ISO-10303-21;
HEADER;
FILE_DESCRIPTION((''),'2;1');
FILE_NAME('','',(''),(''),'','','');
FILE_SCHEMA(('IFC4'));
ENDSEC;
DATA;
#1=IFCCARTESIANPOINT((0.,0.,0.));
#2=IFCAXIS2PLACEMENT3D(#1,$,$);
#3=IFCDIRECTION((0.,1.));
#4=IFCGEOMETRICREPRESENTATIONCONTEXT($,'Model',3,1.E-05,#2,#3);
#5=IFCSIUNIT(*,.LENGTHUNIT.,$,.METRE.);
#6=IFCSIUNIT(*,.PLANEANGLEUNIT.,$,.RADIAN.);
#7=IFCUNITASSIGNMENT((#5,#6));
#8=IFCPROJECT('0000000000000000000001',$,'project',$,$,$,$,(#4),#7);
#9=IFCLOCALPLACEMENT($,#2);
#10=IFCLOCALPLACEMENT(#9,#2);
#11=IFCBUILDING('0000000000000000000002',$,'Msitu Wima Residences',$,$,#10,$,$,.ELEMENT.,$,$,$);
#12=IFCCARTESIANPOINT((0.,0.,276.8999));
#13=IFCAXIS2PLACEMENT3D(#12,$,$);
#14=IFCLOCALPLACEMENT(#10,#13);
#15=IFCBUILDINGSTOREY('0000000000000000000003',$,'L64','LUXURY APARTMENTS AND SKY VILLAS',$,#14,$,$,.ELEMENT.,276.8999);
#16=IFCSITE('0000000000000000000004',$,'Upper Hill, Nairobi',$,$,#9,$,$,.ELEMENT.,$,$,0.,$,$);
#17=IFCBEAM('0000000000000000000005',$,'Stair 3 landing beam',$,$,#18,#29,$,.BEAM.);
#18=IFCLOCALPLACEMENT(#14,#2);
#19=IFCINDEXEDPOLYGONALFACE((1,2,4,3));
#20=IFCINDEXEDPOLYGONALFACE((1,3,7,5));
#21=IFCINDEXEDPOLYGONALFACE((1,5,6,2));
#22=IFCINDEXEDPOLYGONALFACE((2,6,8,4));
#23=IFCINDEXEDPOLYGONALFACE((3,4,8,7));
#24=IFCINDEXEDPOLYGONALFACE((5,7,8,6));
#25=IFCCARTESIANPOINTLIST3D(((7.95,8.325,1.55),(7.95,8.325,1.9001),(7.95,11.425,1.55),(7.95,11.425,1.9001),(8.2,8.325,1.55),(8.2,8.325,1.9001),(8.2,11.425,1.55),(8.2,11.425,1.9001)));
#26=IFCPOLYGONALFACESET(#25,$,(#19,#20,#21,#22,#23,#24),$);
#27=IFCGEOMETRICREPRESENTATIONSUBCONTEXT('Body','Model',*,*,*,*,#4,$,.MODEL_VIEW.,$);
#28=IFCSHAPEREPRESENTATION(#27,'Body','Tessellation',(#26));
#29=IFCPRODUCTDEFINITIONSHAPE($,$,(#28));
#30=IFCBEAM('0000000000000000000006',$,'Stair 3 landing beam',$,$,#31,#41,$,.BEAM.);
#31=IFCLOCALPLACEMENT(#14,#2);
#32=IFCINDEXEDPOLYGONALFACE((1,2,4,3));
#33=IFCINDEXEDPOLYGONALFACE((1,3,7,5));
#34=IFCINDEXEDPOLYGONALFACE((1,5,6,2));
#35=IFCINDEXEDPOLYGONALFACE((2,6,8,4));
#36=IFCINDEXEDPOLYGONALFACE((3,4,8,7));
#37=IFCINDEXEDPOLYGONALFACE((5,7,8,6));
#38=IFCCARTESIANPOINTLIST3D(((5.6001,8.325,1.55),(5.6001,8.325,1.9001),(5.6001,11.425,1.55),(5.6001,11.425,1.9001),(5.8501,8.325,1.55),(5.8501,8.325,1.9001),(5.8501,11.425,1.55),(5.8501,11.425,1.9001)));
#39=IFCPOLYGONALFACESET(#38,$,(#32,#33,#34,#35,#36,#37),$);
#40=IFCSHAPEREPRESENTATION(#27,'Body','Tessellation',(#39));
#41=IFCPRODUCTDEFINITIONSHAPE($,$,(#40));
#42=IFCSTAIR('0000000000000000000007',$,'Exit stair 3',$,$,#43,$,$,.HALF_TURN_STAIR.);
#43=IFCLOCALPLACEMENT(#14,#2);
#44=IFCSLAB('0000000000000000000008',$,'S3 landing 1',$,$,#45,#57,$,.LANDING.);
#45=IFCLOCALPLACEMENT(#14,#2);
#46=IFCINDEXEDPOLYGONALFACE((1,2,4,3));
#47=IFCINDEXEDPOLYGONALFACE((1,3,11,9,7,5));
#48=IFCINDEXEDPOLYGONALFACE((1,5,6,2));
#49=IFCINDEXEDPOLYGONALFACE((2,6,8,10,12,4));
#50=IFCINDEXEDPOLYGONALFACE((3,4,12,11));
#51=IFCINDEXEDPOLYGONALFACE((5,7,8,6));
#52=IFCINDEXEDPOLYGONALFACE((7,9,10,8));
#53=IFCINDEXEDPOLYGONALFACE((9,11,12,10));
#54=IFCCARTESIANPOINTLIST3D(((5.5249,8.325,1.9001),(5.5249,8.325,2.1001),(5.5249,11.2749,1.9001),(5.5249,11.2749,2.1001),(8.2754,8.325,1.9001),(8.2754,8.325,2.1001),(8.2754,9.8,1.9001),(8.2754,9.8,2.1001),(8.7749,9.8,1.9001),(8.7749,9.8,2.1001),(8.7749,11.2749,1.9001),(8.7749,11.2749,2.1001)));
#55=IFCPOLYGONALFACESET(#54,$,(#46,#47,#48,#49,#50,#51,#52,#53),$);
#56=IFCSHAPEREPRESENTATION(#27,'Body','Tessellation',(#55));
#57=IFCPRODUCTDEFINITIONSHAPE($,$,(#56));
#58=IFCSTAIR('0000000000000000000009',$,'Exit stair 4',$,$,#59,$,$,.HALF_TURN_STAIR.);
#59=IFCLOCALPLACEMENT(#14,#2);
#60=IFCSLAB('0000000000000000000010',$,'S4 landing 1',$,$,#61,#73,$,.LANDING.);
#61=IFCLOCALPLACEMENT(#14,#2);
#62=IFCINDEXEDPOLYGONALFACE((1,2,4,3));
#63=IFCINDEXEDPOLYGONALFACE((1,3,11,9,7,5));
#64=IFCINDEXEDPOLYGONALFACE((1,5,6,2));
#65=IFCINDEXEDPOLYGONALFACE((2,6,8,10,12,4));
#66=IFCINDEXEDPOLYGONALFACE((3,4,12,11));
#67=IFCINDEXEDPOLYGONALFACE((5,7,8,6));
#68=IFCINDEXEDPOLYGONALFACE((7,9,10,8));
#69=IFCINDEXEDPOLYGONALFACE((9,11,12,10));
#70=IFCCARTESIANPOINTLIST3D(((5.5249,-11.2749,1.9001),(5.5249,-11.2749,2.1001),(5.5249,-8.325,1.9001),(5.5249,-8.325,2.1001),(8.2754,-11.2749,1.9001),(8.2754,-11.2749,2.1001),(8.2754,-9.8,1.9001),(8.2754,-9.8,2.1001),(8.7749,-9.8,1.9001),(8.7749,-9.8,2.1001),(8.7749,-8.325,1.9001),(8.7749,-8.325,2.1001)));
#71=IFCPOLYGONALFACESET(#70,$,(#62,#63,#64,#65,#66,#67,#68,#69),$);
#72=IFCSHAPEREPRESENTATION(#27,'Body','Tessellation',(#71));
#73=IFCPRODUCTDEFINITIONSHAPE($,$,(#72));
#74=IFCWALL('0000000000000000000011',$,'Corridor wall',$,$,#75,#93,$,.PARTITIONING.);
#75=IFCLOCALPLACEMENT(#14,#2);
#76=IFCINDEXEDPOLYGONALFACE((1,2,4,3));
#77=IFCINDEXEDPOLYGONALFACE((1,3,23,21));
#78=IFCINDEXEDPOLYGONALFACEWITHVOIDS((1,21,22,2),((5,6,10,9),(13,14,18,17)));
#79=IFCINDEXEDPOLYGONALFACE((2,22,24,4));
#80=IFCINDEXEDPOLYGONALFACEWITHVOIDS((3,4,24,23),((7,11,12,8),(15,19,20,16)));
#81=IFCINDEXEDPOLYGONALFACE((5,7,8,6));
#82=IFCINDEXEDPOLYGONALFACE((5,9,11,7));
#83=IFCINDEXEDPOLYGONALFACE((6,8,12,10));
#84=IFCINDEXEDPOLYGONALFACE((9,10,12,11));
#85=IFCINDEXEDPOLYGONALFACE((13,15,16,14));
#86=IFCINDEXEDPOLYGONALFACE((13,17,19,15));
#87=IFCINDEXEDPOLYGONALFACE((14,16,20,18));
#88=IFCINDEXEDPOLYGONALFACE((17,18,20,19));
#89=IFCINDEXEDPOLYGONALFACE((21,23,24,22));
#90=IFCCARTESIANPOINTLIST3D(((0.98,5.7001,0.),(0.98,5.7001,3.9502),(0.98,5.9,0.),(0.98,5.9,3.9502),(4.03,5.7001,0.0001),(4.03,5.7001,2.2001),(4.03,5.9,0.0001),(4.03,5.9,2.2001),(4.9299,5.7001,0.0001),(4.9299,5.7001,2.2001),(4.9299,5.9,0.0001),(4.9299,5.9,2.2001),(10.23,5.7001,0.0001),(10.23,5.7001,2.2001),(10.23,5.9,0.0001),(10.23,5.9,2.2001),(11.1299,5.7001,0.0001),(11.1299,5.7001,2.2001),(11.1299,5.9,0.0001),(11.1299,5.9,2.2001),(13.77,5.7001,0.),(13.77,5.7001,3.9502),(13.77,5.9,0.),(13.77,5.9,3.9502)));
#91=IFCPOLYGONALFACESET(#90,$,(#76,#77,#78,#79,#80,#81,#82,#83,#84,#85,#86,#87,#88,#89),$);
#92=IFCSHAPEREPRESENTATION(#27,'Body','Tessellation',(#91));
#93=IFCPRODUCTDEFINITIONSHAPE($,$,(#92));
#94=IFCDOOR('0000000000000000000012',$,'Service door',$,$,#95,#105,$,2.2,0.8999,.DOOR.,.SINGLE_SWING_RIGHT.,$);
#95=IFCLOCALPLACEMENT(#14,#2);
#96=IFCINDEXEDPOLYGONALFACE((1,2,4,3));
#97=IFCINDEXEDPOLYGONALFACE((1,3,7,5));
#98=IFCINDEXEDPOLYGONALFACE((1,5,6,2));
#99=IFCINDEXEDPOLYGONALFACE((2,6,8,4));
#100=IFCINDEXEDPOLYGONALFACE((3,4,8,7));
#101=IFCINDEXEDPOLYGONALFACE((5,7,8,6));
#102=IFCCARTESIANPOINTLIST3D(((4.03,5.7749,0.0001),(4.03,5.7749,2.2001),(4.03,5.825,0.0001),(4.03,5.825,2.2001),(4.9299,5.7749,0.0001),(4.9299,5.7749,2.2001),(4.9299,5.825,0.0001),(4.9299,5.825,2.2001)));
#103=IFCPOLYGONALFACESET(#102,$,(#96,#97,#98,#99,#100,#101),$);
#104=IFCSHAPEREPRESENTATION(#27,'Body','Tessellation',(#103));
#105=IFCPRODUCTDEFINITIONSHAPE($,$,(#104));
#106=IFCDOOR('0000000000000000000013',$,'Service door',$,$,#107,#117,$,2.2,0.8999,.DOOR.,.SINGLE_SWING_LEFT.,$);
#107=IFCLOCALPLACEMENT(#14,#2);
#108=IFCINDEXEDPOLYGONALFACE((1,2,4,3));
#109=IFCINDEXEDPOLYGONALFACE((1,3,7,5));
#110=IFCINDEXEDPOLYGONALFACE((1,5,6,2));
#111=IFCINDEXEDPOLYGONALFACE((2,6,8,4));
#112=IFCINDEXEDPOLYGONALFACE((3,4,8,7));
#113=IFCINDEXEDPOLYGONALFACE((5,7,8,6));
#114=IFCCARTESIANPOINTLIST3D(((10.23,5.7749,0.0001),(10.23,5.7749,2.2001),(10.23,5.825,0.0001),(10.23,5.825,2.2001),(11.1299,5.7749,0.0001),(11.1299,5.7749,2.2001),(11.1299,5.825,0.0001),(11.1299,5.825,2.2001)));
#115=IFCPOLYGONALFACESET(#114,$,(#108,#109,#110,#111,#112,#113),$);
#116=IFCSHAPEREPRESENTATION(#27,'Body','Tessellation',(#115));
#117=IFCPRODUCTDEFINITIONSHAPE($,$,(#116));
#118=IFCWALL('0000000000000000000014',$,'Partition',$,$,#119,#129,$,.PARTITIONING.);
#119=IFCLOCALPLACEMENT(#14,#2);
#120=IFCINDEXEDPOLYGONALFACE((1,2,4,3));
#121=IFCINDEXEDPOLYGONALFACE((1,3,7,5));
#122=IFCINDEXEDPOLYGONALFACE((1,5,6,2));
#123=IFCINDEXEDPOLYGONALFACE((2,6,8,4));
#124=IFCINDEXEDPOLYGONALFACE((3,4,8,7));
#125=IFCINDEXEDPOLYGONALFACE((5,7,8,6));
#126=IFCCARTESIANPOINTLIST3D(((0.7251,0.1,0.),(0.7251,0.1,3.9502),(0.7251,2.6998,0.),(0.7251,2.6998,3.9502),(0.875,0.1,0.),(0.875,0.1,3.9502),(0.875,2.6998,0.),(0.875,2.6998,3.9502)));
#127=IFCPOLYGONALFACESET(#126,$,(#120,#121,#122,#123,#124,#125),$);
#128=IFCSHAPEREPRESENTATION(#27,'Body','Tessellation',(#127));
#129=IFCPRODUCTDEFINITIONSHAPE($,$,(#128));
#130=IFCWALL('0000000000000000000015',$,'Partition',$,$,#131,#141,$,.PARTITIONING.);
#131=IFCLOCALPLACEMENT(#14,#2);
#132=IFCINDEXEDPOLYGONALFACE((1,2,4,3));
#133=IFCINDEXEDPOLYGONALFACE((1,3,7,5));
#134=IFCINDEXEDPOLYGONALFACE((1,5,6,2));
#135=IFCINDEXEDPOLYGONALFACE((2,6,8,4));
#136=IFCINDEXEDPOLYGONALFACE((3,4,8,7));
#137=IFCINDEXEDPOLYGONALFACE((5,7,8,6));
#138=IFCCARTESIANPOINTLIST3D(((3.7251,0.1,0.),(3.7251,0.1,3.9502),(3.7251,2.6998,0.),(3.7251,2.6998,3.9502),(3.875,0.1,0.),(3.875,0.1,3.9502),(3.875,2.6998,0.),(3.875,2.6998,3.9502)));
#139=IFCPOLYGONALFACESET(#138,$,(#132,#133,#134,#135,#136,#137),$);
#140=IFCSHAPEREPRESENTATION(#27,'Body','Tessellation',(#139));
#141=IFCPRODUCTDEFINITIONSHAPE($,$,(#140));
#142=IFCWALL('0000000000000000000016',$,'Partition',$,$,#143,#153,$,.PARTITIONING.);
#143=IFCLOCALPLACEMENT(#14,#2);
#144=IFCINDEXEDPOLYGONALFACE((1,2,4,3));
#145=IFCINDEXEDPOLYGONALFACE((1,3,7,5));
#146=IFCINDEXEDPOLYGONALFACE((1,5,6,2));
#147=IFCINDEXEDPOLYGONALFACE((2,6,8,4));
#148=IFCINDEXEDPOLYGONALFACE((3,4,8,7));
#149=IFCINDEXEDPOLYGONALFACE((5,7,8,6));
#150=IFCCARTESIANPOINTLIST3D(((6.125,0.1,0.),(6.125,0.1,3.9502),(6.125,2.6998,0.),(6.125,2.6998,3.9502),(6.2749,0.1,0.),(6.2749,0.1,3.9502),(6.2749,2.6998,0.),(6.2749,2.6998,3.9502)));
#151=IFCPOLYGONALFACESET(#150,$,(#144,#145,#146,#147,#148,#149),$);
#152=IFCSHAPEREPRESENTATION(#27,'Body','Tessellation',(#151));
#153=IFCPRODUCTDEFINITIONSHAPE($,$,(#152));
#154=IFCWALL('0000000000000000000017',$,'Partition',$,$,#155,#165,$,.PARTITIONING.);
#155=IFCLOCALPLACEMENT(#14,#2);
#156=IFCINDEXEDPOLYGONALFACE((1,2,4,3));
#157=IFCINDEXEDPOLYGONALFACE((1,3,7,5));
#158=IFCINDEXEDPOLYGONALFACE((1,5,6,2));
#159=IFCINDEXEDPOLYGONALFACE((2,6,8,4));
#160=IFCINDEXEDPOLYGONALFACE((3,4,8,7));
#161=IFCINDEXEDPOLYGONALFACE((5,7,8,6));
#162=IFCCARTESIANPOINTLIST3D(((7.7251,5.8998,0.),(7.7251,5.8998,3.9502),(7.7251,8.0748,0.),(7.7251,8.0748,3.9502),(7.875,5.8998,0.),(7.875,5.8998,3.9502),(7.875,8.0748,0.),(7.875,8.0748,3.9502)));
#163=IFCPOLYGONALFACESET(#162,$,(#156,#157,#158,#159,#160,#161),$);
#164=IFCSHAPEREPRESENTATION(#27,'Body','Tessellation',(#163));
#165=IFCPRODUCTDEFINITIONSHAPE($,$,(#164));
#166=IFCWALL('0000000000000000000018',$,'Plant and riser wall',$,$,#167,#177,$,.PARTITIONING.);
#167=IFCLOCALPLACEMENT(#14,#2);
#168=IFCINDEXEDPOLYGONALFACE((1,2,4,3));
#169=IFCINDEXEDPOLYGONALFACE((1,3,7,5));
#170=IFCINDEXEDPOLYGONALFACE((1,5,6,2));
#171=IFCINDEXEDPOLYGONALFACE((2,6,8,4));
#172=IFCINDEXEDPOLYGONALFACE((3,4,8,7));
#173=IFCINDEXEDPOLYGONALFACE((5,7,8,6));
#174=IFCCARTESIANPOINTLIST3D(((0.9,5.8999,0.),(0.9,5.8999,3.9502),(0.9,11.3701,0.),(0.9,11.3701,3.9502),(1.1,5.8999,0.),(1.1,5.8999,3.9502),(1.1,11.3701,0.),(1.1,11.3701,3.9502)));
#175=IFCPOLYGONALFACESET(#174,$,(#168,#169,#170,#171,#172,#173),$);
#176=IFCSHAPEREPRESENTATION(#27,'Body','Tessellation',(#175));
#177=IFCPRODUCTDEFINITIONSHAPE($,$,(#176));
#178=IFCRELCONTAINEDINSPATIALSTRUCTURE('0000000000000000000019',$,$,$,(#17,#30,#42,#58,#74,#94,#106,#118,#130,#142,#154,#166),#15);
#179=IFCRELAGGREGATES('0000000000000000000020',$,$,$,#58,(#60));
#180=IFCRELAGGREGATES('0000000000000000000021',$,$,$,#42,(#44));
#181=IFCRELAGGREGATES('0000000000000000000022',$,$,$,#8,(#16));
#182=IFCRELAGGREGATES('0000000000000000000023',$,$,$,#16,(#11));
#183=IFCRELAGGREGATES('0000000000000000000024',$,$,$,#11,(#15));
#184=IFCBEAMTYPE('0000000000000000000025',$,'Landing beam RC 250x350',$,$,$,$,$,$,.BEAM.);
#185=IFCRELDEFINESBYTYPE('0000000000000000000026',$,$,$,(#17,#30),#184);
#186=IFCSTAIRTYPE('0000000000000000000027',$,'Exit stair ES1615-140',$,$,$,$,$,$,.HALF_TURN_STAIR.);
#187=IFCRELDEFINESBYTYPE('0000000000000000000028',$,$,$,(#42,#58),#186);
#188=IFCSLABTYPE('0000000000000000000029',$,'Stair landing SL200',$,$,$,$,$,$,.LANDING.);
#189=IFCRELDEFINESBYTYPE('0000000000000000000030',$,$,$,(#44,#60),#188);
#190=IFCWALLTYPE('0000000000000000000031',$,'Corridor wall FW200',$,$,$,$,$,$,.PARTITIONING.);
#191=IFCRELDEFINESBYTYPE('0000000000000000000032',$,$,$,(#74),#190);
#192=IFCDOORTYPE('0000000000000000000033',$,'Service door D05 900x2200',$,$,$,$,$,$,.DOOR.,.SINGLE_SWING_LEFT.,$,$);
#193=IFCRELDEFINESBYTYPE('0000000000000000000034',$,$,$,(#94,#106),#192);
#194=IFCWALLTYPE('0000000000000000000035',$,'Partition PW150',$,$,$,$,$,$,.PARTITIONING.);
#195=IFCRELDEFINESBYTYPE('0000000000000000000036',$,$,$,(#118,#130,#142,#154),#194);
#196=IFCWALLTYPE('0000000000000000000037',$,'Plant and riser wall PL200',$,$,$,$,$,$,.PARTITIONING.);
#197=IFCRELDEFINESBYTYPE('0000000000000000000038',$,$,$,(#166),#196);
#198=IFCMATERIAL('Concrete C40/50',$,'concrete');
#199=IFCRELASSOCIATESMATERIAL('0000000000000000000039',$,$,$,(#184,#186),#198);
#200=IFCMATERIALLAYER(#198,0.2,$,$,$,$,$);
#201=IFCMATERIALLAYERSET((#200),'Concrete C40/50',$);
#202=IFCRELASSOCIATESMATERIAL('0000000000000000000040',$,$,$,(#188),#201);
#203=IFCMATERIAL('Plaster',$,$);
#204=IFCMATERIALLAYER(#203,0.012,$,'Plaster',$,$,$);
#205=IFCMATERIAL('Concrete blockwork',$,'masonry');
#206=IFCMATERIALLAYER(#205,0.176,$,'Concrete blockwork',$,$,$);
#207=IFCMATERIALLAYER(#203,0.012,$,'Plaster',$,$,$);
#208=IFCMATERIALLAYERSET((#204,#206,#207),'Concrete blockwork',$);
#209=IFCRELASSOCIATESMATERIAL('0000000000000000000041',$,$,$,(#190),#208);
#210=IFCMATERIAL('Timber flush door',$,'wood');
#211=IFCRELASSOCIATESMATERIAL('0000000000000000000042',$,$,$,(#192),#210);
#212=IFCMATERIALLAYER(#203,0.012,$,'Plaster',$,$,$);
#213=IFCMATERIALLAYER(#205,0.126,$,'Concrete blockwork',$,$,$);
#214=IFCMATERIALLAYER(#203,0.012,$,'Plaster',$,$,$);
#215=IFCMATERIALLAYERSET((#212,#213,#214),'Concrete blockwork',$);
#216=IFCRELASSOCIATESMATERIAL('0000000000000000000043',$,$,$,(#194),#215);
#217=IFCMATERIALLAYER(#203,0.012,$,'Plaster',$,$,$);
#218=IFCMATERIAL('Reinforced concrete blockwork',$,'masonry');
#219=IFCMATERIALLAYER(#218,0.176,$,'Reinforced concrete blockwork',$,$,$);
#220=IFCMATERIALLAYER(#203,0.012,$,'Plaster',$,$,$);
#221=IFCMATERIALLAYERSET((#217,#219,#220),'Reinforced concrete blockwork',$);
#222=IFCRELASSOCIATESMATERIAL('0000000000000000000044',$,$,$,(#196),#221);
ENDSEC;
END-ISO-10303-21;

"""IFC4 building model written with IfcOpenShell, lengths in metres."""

from ifc_helpers import new_model, si_unit, direction, frame, frame_2d, origin, origin_2d, place, context, subcontext, project, spatial, polyline, rectangle, outline, extrude, material, layer, layer_set, material_profile, profile_set, type_object, element, fill, aggregate, save


model = new_model("IFC4")

# Units and contexts
model_context = context("Model", 3, precision=1e-05, world=origin(), true_north=direction((0.0, 1.0)))
body_context = subcontext(model_context, "Body", "Model", "MODEL_VIEW")
ifc_project = project(units=[si_unit("LENGTHUNIT", "METRE"), si_unit("PLANEANGLEUNIT", "RADIAN")], contexts=[model_context])

# Site, building, storey
site_placement = place(None, origin())
site = spatial("IfcSite", under=ifc_project, at=site_placement, Name="Upper Hill, Nairobi", CompositionType="ELEMENT", RefElevation=0.0)
building_placement = place(site_placement, origin())
building = spatial("IfcBuilding", under=site, at=building_placement, Name="Msitu Wima Residences", CompositionType="ELEMENT")
storey_placement = place(building_placement, frame((0.0, 0.0, 276.8999)))
storey = spatial("IfcBuildingStorey", under=building, at=storey_placement, Name="L64", Description="LUXURY APARTMENTS AND SKY VILLAS", CompositionType="ELEMENT", Elevation=276.8999)

# Beams
ifc_material_1 = material(Name="Concrete C40/50", Category="concrete")
ifc_material_profile = material_profile(ifc_material_1, rectangle(XDim=0.25, YDim=0.3501, at=origin_2d()), Name="RC 250x350")
ifc_profile_set = profile_set([ifc_material_profile], Name="Concrete C40/50")
beam_type = type_object("IfcBeamType", Name="Landing beam RC 250x350", PredefinedType="BEAM", material=ifc_profile_set)
for number, where, z_axis, x_axis, name in (
    (1, (8.075, 8.325, 1.7251), (0.0, 1.0, 0.0), (-1.0, 0.0, 0.0), "Stair 3 landing beam"),
    (2, (5.7251, 8.325, 1.7251), (0.0, 1.0, 0.0), (-1.0, 0.0, 0.0), "Stair 3 landing beam"),
):
    element("IfcBeam", number, at=place(storey_placement, frame(where, z_axis=z_axis, x_axis=x_axis)), inside=storey, type_object=beam_type, Name=name, PredefinedType="BEAM", context=body_context, shape_type="SweptSolid", body=[
        extrude(rectangle(XDim=0.25, YDim=0.3501, at=origin_2d()), origin(), (0.0, 0.0, 1.0), 3.1001),
    ])

# Stairs, slabs
stair_type = type_object("IfcStairType", Name="Exit stair ES1615-140", PredefinedType="HALF_TURN_STAIR", material=ifc_material_1)
stair_1_placement = place(storey_placement, origin())
stair_1 = element("IfcStair", 3, at=stair_1_placement, inside=storey, type_object=stair_type, Name="Exit stair 3", PredefinedType="HALF_TURN_STAIR")
ifc_layer_1 = layer(ifc_material_1, 0.2)
ifc_layer_set_1 = layer_set([ifc_layer_1], Name="Concrete C40/50")
slab_type = type_object("IfcSlabType", Name="Stair landing SL200", PredefinedType="LANDING", material=ifc_layer_set_1)
slab_1_placement = place(storey_placement, frame((0.0, 0.0, 1.9001)))
slab_1 = element("IfcSlab", 4, at=slab_1_placement, type_object=slab_type, Name="S3 landing 1", PredefinedType="LANDING", context=body_context, shape_type="SweptSolid", body=[
    extrude(outline(polyline([(5.5249, 8.325), (8.2754, 8.325), (8.2754, 9.8), (8.7749, 9.8), (8.7749, 11.2749), (5.5249, 11.2749), (5.5249, 8.325)])), origin(), (0.0, 0.0, 1.0), 0.2),
])
stair_2_placement = place(storey_placement, origin())
stair_2 = element("IfcStair", 5, at=stair_2_placement, inside=storey, type_object=stair_type, Name="Exit stair 4", PredefinedType="HALF_TURN_STAIR")
slab_2_placement = place(storey_placement, frame((0.0, 0.0, 1.9001)))
slab_2 = element("IfcSlab", 6, at=slab_2_placement, type_object=slab_type, Name="S4 landing 1", PredefinedType="LANDING", context=body_context, shape_type="SweptSolid", body=[
    extrude(outline(polyline([(5.5249, -11.2749), (8.2754, -11.2749), (8.2754, -9.8), (8.7749, -9.8), (8.7749, -8.325), (5.5249, -8.325), (5.5249, -11.2749)])), origin(), (0.0, 0.0, 1.0), 0.2),
])
aggregate(stair_2, [slab_2])

# Wall, openings, doors
ifc_material_2 = material(Name="Plaster")
ifc_layer_2 = layer(ifc_material_2, 0.012, Name="Plaster")
ifc_material_3 = material(Name="Concrete blockwork", Category="masonry")
ifc_layer_3 = layer(ifc_material_3, 0.176, Name="Concrete blockwork")
ifc_layer_4 = layer(ifc_material_2, 0.012, Name="Plaster")
ifc_layer_set_2 = layer_set([ifc_layer_2, ifc_layer_3, ifc_layer_4], Name="Concrete blockwork")
wall_type_1 = type_object("IfcWallType", Name="Corridor wall FW200", PredefinedType="PARTITIONING", material=ifc_layer_set_2)
wall_1_placement = place(storey_placement, frame((0.98, 5.8, 0.0), z_axis=(0.0, 0.0, 1.0), x_axis=(1.0, 0.0, 0.0)))
wall_1 = element("IfcWall", 7, at=wall_1_placement, inside=storey, type_object=wall_type_1, Name="Corridor wall", PredefinedType="PARTITIONING", context=body_context, shape_type="SweptSolid", body=[
    extrude(rectangle(XDim=12.79, YDim=0.2, at=frame_2d((6.395, 0.0))), origin(), (0.0, 0.0, 1.0), 3.9502),
])
opening_1_placement = place(wall_1_placement, frame((3.05, 0.0, 0.0)))
opening_1 = element("IfcOpeningElement", 8, at=opening_1_placement, cuts=wall_1, PredefinedType="OPENING", context=body_context, shape_type="SweptSolid", body=[
    extrude(rectangle(XDim=0.8999, YDim=2.2, at=frame_2d((0.45, 1.1001))), frame((0.0, 0.1099, 0.0), z_axis=(0.0, -1.0, 0.0), x_axis=(1.0, 0.0, 0.0)), (0.0, 0.0, 1.0), 0.22),
])
opening_2_placement = place(wall_1_placement, frame((9.25, 0.0, 0.0)))
opening_2 = element("IfcOpeningElement", 9, at=opening_2_placement, cuts=wall_1, PredefinedType="OPENING", context=body_context, shape_type="SweptSolid", body=[
    extrude(rectangle(XDim=0.8999, YDim=2.2, at=frame_2d((0.45, 1.1001))), frame((0.0, 0.1099, 0.0), z_axis=(0.0, -1.0, 0.0), x_axis=(1.0, 0.0, 0.0)), (0.0, 0.0, 1.0), 0.22),
])
ifc_material_4 = material(Name="Timber flush door", Category="wood")
door_type_1 = type_object("IfcDoorType", Name="Service door D05 900x2200", OperationType="SINGLE_SWING_LEFT", PredefinedType="DOOR", material=ifc_material_4)
door_1_placement = place(opening_1_placement, origin())
door_1 = element("IfcDoor", 10, at=door_1_placement, inside=storey, type_object=door_type_1, Name="Service door", OperationType="SINGLE_SWING_RIGHT", OverallHeight=2.2, OverallWidth=0.8999, PredefinedType="DOOR", context=body_context, shape_type="SweptSolid", body=[
    extrude(rectangle(XDim=0.8999, YDim=2.2, at=frame_2d((0.45, 1.1001))), frame((0.0, 0.0249, 0.0), z_axis=(0.0, -1.0, 0.0), x_axis=(1.0, 0.0, 0.0)), (0.0, 0.0, 1.0), 0.05),
])
fill(opening_1, door_1)
door_2_placement = place(opening_2_placement, origin())
door_2 = element("IfcDoor", 11, at=door_2_placement, inside=storey, type_object=door_type_1, Name="Service door", OperationType="SINGLE_SWING_LEFT", OverallHeight=2.2, OverallWidth=0.8999, PredefinedType="DOOR", context=body_context, shape_type="SweptSolid", body=[
    extrude(rectangle(XDim=0.8999, YDim=2.2, at=frame_2d((0.45, 1.1001))), frame((0.0, 0.0249, 0.0), z_axis=(0.0, -1.0, 0.0), x_axis=(1.0, 0.0, 0.0)), (0.0, 0.0, 1.0), 0.05),
])
fill(opening_2, door_2)

# Walls
ifc_layer_5 = layer(ifc_material_2, 0.012, Name="Plaster")
ifc_layer_6 = layer(ifc_material_3, 0.126, Name="Concrete blockwork")
ifc_layer_7 = layer(ifc_material_2, 0.012, Name="Plaster")
ifc_layer_set_3 = layer_set([ifc_layer_5, ifc_layer_6, ifc_layer_7], Name="Concrete blockwork")
wall_type_2 = type_object("IfcWallType", Name="Partition PW150", PredefinedType="PARTITIONING", material=ifc_layer_set_3)
for number, where, z_axis, x_axis, name in (
    (12, (0.8, 0.1001, 0.0), (0.0, 0.0, 1.0), (0.0, 1.0, 0.0), "Partition"),
    (13, (3.8, 0.1001, 0.0), (0.0, 0.0, 1.0), (0.0, 1.0, 0.0), "Partition"),
    (14, (6.2, 0.1001, 0.0), (0.0, 0.0, 1.0), (0.0, 1.0, 0.0), "Partition"),
):
    element("IfcWall", number, at=place(storey_placement, frame(where, z_axis=z_axis, x_axis=x_axis)), inside=storey, type_object=wall_type_2, Name=name, PredefinedType="PARTITIONING", context=body_context, shape_type="SweptSolid", body=[
        extrude(rectangle(XDim=2.5999, YDim=0.1499, at=frame_2d((1.2998, 0.0))), origin(), (0.0, 0.0, 1.0), 3.9502),
    ])
wall_2_placement = place(storey_placement, frame((7.8, 5.8999, 0.0), z_axis=(0.0, 0.0, 1.0), x_axis=(0.0, 1.0, 0.0)))
element("IfcWall", 15, at=wall_2_placement, inside=storey, type_object=wall_type_2, Name="Partition", PredefinedType="PARTITIONING", context=body_context, shape_type="SweptSolid", body=[
    extrude(rectangle(XDim=2.175, YDim=0.1499, at=frame_2d((1.0874, 0.0))), origin(), (0.0, 0.0, 1.0), 3.9502),
])
ifc_layer_8 = layer(ifc_material_2, 0.012, Name="Plaster")
ifc_material_5 = material(Name="Reinforced concrete blockwork", Category="masonry")
ifc_layer_9 = layer(ifc_material_5, 0.176, Name="Reinforced concrete blockwork")
ifc_layer_10 = layer(ifc_material_2, 0.012, Name="Plaster")
ifc_layer_set_4 = layer_set([ifc_layer_8, ifc_layer_9, ifc_layer_10], Name="Reinforced concrete blockwork")
wall_type_3 = type_object("IfcWallType", Name="Plant and riser wall PL200", PredefinedType="PARTITIONING", material=ifc_layer_set_4)
wall_3_placement = place(storey_placement, frame((1.0, 5.8999, 0.0), z_axis=(0.0, 0.0, 1.0), x_axis=(0.0, 1.0, 0.0)))
element("IfcWall", 16, at=wall_3_placement, inside=storey, type_object=wall_type_3, Name="Plant and riser wall", PredefinedType="PARTITIONING", context=body_context, shape_type="SweptSolid", body=[
    extrude(rectangle(XDim=5.4702, YDim=0.2, at=frame_2d((2.7351, 0.0))), origin(), (0.0, 0.0, 1.0), 3.9502),
])

aggregate(stair_1, [slab_1])

save(model, "model.ifc")
